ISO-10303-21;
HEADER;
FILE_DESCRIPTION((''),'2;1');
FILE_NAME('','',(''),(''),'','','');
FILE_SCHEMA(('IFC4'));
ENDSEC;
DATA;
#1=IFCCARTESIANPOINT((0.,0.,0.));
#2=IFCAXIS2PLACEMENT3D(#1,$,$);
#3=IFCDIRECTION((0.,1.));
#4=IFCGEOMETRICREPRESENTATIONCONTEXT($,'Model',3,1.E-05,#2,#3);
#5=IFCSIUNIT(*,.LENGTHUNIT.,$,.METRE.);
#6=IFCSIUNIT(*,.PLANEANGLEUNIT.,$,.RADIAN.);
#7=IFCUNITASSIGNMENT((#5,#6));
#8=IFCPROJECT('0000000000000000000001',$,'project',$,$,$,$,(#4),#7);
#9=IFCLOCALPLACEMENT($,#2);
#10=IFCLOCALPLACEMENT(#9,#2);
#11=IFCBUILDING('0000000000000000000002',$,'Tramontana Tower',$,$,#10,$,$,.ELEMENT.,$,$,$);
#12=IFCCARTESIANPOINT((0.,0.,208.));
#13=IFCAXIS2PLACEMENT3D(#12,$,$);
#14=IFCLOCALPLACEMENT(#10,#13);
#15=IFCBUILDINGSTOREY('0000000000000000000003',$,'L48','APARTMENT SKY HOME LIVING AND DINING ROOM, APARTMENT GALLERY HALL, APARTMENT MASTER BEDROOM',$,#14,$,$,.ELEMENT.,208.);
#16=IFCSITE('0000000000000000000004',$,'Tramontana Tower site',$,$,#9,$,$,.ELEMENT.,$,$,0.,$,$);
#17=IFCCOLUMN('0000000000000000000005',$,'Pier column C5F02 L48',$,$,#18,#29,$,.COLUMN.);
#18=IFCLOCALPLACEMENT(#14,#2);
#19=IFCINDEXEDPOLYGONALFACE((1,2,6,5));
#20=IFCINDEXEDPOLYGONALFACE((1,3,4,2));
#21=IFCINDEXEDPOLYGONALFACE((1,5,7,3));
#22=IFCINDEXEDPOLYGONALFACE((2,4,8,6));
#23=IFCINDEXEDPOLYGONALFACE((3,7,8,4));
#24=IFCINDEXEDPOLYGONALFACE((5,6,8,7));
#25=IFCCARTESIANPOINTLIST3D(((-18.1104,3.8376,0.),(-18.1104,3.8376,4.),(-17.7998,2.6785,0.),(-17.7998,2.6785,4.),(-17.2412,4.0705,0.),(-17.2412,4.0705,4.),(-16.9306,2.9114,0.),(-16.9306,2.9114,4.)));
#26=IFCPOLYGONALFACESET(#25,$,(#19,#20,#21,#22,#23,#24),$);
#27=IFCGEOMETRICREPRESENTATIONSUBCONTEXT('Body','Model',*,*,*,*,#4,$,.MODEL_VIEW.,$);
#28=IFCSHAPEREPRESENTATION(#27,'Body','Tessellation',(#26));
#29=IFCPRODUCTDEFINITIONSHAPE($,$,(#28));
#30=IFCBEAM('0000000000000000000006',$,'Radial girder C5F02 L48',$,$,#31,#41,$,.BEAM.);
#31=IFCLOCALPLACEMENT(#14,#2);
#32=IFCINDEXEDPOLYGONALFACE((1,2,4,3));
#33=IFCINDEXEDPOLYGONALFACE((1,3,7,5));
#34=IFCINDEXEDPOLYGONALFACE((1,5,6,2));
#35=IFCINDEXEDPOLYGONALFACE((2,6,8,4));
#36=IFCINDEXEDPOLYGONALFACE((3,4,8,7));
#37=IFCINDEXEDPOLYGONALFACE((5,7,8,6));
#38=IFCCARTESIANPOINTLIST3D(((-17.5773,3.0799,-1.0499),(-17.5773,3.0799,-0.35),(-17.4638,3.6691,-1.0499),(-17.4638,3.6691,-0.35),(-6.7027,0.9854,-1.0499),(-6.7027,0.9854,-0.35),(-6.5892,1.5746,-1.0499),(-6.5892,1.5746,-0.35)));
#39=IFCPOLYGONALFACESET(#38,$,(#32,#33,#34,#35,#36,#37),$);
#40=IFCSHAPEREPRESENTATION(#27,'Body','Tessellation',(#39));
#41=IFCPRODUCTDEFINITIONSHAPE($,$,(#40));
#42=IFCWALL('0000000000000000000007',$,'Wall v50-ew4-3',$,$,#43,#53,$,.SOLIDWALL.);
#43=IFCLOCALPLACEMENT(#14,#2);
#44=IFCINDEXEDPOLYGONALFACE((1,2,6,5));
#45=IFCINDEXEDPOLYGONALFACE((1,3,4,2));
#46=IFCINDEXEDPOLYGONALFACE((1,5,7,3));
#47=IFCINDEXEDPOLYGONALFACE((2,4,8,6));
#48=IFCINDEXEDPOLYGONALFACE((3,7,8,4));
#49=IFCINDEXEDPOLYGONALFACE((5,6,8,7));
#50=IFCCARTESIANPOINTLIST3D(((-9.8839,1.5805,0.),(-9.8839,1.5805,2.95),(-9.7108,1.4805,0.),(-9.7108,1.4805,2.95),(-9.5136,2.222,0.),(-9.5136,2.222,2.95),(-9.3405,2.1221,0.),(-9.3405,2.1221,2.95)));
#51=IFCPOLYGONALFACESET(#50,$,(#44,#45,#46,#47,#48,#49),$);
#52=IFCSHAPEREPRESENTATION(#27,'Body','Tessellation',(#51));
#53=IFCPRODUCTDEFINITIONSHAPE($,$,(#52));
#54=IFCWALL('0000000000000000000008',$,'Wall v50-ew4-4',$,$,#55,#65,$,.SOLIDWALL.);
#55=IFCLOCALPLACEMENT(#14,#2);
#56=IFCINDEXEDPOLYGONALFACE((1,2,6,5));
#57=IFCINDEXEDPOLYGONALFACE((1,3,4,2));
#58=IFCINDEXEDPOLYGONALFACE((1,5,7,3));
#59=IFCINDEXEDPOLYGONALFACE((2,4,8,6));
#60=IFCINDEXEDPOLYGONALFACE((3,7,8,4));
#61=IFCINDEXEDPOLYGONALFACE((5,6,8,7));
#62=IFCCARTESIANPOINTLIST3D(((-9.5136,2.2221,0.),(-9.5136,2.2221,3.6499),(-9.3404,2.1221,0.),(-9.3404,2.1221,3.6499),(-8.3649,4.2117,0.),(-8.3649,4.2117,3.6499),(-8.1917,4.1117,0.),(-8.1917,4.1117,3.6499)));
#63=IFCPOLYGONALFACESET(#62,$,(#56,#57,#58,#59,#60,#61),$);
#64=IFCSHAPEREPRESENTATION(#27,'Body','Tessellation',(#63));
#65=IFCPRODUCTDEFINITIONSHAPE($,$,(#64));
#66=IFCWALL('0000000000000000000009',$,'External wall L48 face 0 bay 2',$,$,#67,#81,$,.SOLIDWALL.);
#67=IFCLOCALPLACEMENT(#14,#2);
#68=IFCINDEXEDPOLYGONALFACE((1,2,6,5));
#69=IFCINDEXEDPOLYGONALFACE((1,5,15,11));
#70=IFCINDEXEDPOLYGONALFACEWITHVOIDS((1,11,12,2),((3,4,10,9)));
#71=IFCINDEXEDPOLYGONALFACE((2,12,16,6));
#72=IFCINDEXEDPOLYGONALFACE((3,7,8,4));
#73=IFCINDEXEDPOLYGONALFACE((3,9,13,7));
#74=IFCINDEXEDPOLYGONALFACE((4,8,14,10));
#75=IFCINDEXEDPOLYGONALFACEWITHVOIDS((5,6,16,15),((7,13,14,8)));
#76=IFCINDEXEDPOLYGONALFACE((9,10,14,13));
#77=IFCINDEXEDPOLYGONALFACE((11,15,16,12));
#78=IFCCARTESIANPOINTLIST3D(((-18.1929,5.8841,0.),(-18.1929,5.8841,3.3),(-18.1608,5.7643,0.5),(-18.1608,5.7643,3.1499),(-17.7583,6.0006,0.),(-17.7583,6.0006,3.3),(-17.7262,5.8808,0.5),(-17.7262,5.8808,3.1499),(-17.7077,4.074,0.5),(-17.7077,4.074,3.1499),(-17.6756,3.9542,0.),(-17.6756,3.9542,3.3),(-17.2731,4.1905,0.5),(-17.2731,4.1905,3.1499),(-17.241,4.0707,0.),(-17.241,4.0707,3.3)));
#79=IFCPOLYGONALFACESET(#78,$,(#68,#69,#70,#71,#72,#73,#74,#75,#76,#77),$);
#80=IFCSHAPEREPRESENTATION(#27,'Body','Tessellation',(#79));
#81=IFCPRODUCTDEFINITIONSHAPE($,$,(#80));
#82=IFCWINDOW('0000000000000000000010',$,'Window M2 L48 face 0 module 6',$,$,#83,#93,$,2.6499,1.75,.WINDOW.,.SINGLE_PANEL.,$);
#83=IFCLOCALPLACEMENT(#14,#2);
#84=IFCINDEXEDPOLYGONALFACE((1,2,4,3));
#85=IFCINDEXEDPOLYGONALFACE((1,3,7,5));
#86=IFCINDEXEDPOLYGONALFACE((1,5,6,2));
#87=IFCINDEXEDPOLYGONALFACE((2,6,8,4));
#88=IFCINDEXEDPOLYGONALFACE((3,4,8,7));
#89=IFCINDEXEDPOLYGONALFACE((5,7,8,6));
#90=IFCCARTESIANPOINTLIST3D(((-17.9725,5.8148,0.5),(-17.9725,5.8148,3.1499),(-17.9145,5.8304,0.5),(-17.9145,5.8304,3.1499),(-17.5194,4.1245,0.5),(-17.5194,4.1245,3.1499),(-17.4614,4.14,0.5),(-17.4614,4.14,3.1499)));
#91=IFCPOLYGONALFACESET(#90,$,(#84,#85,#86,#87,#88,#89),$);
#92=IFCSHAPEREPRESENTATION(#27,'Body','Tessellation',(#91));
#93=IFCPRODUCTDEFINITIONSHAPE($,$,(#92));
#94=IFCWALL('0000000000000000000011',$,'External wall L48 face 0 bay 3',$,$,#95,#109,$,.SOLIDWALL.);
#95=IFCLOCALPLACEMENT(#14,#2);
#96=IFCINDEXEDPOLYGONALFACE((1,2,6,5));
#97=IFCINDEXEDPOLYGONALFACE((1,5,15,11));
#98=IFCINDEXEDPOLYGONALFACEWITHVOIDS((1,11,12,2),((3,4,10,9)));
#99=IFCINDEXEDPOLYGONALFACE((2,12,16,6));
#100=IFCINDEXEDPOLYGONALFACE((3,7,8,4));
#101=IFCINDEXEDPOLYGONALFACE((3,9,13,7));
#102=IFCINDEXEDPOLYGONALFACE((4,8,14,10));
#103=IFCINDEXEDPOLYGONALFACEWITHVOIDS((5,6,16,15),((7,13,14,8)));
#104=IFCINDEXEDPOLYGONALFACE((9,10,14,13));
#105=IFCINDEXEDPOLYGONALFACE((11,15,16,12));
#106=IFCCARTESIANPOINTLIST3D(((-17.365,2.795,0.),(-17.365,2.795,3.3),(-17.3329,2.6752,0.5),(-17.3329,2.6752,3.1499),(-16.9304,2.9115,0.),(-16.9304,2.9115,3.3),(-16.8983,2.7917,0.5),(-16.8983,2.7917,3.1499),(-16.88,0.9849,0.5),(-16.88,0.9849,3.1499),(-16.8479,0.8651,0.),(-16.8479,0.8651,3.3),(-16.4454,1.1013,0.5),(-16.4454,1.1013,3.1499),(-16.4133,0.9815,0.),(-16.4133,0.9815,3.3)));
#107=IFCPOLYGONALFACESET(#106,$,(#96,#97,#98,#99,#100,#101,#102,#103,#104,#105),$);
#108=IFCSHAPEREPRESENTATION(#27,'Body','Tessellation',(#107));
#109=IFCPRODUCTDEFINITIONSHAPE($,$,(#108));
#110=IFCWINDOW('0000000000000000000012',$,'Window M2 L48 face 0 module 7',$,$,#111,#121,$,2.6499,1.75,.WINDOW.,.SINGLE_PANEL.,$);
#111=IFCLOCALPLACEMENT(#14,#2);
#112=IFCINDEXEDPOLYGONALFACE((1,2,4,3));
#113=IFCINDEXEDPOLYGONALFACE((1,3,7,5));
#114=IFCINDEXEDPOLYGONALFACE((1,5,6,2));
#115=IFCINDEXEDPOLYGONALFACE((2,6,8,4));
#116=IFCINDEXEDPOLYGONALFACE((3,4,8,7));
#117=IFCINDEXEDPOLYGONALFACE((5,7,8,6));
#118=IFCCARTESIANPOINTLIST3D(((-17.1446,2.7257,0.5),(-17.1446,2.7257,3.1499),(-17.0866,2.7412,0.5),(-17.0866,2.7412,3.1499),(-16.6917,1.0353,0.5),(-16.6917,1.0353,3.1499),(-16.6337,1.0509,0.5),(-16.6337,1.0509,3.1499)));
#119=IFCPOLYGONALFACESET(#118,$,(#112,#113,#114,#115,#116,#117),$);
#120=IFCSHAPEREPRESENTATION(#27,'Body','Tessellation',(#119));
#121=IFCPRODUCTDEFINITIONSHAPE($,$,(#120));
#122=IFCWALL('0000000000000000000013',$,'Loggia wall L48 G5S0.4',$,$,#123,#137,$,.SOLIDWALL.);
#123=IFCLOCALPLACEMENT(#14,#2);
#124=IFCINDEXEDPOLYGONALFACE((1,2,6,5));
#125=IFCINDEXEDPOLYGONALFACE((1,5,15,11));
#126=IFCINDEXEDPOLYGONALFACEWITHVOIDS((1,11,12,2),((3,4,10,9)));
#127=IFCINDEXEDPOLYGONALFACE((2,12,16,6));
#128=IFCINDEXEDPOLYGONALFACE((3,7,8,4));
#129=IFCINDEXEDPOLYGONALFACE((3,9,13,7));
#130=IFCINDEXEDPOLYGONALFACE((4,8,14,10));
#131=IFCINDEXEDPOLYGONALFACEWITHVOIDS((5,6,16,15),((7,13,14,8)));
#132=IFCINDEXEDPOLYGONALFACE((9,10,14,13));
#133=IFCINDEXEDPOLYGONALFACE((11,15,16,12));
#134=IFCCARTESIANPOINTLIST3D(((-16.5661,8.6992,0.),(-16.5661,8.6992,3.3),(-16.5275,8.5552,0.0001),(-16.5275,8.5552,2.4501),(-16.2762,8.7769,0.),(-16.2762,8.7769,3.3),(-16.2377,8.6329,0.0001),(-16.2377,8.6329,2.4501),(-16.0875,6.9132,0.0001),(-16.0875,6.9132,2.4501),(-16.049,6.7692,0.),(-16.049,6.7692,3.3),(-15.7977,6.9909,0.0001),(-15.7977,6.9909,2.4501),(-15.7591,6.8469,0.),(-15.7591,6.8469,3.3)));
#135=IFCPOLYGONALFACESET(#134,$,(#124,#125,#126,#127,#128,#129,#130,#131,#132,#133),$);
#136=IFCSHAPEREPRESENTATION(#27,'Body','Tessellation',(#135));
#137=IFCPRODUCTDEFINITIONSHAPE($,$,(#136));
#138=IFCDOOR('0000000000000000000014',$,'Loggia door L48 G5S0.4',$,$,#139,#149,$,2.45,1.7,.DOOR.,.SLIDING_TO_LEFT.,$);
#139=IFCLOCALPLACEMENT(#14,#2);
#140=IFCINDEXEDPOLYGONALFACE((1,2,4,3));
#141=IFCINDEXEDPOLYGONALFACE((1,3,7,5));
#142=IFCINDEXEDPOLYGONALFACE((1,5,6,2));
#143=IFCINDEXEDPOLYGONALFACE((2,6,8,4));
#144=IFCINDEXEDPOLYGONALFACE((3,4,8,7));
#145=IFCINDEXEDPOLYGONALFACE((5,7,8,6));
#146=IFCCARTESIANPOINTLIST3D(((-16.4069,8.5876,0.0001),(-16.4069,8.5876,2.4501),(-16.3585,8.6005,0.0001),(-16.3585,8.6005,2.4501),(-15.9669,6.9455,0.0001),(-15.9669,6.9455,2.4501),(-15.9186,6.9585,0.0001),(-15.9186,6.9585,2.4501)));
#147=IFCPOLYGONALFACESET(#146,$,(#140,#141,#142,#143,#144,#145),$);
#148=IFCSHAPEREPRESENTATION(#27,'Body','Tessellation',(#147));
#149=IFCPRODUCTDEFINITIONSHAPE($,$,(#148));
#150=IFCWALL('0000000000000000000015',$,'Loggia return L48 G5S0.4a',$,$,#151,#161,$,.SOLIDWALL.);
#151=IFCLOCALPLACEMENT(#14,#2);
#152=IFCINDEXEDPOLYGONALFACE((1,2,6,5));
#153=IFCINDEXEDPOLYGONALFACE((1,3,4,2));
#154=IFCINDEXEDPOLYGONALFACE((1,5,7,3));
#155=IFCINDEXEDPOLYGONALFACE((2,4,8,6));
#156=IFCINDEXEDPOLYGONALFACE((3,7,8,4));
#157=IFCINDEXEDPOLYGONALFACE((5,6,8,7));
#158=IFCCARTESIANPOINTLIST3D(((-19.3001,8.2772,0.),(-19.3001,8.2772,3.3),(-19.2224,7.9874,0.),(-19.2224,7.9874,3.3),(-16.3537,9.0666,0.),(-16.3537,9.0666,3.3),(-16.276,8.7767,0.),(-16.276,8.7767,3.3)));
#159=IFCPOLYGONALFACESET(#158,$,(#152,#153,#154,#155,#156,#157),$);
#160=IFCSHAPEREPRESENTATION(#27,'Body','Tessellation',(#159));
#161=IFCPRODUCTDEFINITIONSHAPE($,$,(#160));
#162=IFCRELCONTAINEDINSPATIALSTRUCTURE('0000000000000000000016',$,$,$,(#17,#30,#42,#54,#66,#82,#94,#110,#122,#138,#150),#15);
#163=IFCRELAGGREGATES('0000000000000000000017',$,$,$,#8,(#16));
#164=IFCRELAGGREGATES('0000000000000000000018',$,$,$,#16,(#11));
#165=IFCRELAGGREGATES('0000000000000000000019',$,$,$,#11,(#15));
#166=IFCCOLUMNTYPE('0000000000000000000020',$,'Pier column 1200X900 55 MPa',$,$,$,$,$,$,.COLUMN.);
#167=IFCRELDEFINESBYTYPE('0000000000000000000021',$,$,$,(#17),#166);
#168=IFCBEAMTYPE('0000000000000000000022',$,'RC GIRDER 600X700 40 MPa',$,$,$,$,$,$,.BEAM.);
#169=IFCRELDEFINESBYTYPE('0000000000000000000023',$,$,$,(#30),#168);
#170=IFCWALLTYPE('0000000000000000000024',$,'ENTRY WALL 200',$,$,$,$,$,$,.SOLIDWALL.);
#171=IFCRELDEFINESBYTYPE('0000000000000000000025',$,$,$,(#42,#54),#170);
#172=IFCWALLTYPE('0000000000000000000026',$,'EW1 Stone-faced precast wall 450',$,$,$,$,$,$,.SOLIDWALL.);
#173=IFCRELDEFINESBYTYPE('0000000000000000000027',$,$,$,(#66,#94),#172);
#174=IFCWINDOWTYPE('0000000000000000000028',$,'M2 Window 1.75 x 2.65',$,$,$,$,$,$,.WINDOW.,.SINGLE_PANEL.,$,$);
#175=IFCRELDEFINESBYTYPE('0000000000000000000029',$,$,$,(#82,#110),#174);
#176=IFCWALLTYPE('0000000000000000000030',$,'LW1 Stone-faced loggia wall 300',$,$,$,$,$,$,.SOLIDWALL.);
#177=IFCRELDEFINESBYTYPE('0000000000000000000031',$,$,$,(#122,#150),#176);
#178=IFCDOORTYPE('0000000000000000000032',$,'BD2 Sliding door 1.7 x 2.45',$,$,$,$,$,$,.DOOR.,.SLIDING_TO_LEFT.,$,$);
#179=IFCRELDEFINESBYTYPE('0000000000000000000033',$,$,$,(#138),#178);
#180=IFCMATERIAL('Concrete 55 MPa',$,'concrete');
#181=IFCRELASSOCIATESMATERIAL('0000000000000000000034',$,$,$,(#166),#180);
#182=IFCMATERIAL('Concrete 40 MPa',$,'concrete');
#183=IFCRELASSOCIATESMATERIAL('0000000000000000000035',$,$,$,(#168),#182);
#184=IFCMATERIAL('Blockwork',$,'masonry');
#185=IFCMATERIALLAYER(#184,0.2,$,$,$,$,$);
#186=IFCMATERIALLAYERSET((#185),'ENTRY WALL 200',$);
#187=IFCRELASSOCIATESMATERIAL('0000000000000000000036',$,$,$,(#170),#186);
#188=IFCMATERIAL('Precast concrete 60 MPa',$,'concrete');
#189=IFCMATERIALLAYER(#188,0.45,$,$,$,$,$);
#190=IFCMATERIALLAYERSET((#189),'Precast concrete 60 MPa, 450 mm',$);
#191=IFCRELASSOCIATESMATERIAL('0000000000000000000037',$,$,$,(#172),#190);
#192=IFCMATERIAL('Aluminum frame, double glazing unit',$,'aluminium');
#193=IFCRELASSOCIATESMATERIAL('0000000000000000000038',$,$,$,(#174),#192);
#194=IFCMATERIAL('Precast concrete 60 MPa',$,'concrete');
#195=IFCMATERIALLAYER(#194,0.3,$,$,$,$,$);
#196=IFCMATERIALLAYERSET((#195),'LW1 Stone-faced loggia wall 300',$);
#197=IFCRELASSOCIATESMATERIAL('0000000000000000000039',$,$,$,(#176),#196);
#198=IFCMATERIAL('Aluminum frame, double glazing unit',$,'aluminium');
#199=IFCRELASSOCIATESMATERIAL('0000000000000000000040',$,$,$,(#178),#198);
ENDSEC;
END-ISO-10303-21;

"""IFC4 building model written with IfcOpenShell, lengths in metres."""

from ifc_helpers import new_model, si_unit, direction, frame, frame_2d, origin, origin_2d, place, context, subcontext, project, spatial, rectangle, extrude, material, layer, layer_set, material_profile, profile_set, type_object, element, fill, save


model = new_model("IFC4")

# Units and contexts
model_context = context("Model", 3, precision=1e-05, world=origin(), true_north=direction((0.0, 1.0)))
body_context = subcontext(model_context, "Body", "Model", "MODEL_VIEW")
ifc_project = project(units=[si_unit("LENGTHUNIT", "METRE"), si_unit("PLANEANGLEUNIT", "RADIAN")], contexts=[model_context])

# Site, building, storey
site_placement = place(None, origin())
site = spatial("IfcSite", under=ifc_project, at=site_placement, Name="Tramontana Tower site", CompositionType="ELEMENT", RefElevation=0.0)
building_placement = place(site_placement, origin())
building = spatial("IfcBuilding", under=site, at=building_placement, Name="Tramontana Tower", CompositionType="ELEMENT")
storey_placement = place(building_placement, frame((0.0, 0.0, 208.0)))
storey = spatial("IfcBuildingStorey", under=building, at=storey_placement, Name="L48", Description="APARTMENT SKY HOME LIVING AND DINING ROOM, APARTMENT GALLERY HALL, APARTMENT MASTER BEDROOM", CompositionType="ELEMENT", Elevation=208.0)

# Column
ifc_material_1 = material(Name="Concrete 55 MPa", Category="concrete")
ifc_material_profile_1 = material_profile(ifc_material_1, rectangle(XDim=1.2, YDim=0.8999, at=origin_2d()), Name="Pier column 1200X900 55 MPa")
ifc_profile_set_1 = profile_set([ifc_material_profile_1], Name="Concrete 55 MPa")
column_type = type_object("IfcColumnType", Name="Pier column 1200X900 55 MPa", PredefinedType="COLUMN", material=ifc_profile_set_1)
column_placement = place(storey_placement, frame((-17.5205, 3.3745, 0.0), z_axis=(0.0, 0.0, 1.0), x_axis=(0.258819, -0.965926, 0.0)))
element("IfcColumn", 1, at=column_placement, inside=storey, type_object=column_type, Name="Pier column C5F02 L48", PredefinedType="COLUMN", context=body_context, shape_type="SweptSolid", body=[
    extrude(rectangle(XDim=1.2, YDim=0.8999, at=origin_2d()), origin(), (0.0, 0.0, 1.0), 4.0),
])

# Beam
ifc_material_2 = material(Name="Concrete 40 MPa", Category="concrete")
ifc_material_profile_2 = material_profile(ifc_material_2, rectangle(XDim=0.6001, YDim=0.7, at=origin_2d()), Name="RC GIRDER 600X700 40 MPa")
ifc_profile_set_2 = profile_set([ifc_material_profile_2], Name="Concrete 40 MPa")
beam_type = type_object("IfcBeamType", Name="RC GIRDER 600X700 40 MPa", PredefinedType="BEAM", material=ifc_profile_set_2)
beam_placement = place(storey_placement, frame((-17.5205, 3.3745, -0.7), z_axis=(0.981952, -0.189129, 0.0), x_axis=(0.189129, 0.981952, 0.0)))
element("IfcBeam", 2, at=beam_placement, inside=storey, type_object=beam_type, Name="Radial girder C5F02 L48", PredefinedType="BEAM", context=body_context, shape_type="SweptSolid", body=[
    extrude(rectangle(XDim=0.6001, YDim=0.7, at=origin_2d()), origin(), (0.0, 0.0, 1.0), 11.0745),
])

# Walls
ifc_material_3 = material(Name="Blockwork", Category="masonry")
ifc_layer_1 = layer(ifc_material_3, 0.2)
ifc_layer_set_1 = layer_set([ifc_layer_1], Name="ENTRY WALL 200")
wall_type_1 = type_object("IfcWallType", Name="ENTRY WALL 200", PredefinedType="SOLIDWALL", material=ifc_layer_set_1)
wall_1_placement = place(storey_placement, frame((-9.7974, 1.5305, 0.0), z_axis=(0.0, 0.0, 1.0), x_axis=(0.499932, 0.866065, 0.0)))
element("IfcWall", 3, at=wall_1_placement, inside=storey, type_object=wall_type_1, Name="Wall v50-ew4-3", PredefinedType="SOLIDWALL", context=body_context, shape_type="SweptSolid", body=[
    extrude(rectangle(XDim=0.7407, YDim=0.2, at=frame_2d((0.3704, 0.0))), origin(), (0.0, 0.0, 1.0), 2.95),
])
wall_2_placement = place(storey_placement, frame((-9.427, 2.1721, 0.0), z_axis=(0.0, 0.0, 1.0), x_axis=(0.500014, 0.866017, 0.0)))
element("IfcWall", 4, at=wall_2_placement, inside=storey, type_object=wall_type_1, Name="Wall v50-ew4-4", PredefinedType="SOLIDWALL", context=body_context, shape_type="SweptSolid", body=[
    extrude(rectangle(XDim=2.2974, YDim=0.2, at=frame_2d((1.1487, 0.0))), origin(), (0.0, 0.0, 1.0), 3.6499),
])

# Walls, openings, windows
ifc_material_4 = material(Name="Precast concrete 60 MPa", Category="concrete")
ifc_layer_2 = layer(ifc_material_4, 0.45)
ifc_layer_set_2 = layer_set([ifc_layer_2], Name="Precast concrete 60 MPa, 450 mm")
wall_type_2 = type_object("IfcWallType", Name="EW1 Stone-faced precast wall 450", PredefinedType="SOLIDWALL", material=ifc_layer_set_2)
wall_3_placement = place(storey_placement, frame((-17.9756, 5.9424, 0.0), z_axis=(0.0, 0.0, 1.0), x_axis=(0.258917, -0.9659, 0.0)))
wall_3 = element("IfcWall", 5, at=wall_3_placement, inside=storey, type_object=wall_type_2, Name="External wall L48 face 0 bay 2", PredefinedType="SOLIDWALL", context=body_context, shape_type="SweptSolid", body=[
    extrude(rectangle(XDim=1.998, YDim=0.45, at=frame_2d((0.999, 0.0))), origin(), (0.0, 0.0, 1.0), 3.3),
])
opening_1_placement = place(wall_3_placement, frame((0.124, 0.0, 0.5)))
opening_1 = element("IfcOpeningElement", 6, at=opening_1_placement, cuts=wall_3, PredefinedType="OPENING", context=body_context, shape_type="SweptSolid", body=[
    extrude(rectangle(XDim=1.75, YDim=2.6499, at=frame_2d((0.875, 1.325))), frame((0.0, 0.2349, 0.0), z_axis=(0.0, -1.0, 0.0), x_axis=(1.0, 0.0, 0.0)), (0.0, 0.0, 1.0), 0.47),
])
ifc_material_5 = material(Name="Aluminum frame, double glazing unit", Category="aluminium")
window_type = type_object("IfcWindowType", Name="M2 Window 1.75 x 2.65", PartitioningType="SINGLE_PANEL", PredefinedType="WINDOW", material=ifc_material_5)
window_1_placement = place(opening_1_placement, origin())
window_1 = element("IfcWindow", 7, at=window_1_placement, inside=storey, type_object=window_type, Name="Window M2 L48 face 0 module 6", OverallHeight=2.6499, OverallWidth=1.75, PartitioningType="SINGLE_PANEL", PredefinedType="WINDOW", context=body_context, shape_type="SweptSolid", body=[
    extrude(rectangle(XDim=1.75, YDim=2.6499, at=frame_2d((0.875, 1.325))), frame((0.0, 0.03, 0.0), z_axis=(0.0, -1.0, 0.0), x_axis=(1.0, 0.0, 0.0)), (0.0, 0.0, 1.0), 0.0601),
])
fill(opening_1, window_1)
wall_4_placement = place(storey_placement, frame((-17.1477, 2.8533, 0.0), z_axis=(0.0, 0.0, 1.0), x_axis=(0.258803, -0.96593, 0.0)))
wall_4 = element("IfcWall", 8, at=wall_4_placement, inside=storey, type_object=wall_type_2, Name="External wall L48 face 0 bay 3", PredefinedType="SOLIDWALL", context=body_context, shape_type="SweptSolid", body=[
    extrude(rectangle(XDim=1.998, YDim=0.45, at=frame_2d((0.999, 0.0))), origin(), (0.0, 0.0, 1.0), 3.3),
])
opening_2_placement = place(wall_4_placement, frame((0.124, 0.0, 0.5)))
opening_2 = element("IfcOpeningElement", 9, at=opening_2_placement, cuts=wall_4, PredefinedType="OPENING", context=body_context, shape_type="SweptSolid", body=[
    extrude(rectangle(XDim=1.75, YDim=2.6499, at=frame_2d((0.875, 1.325))), frame((0.0, 0.2349, 0.0), z_axis=(0.0, -1.0, 0.0), x_axis=(1.0, 0.0, 0.0)), (0.0, 0.0, 1.0), 0.47),
])
window_2_placement = place(opening_2_placement, origin())
window_2 = element("IfcWindow", 10, at=window_2_placement, inside=storey, type_object=window_type, Name="Window M2 L48 face 0 module 7", OverallHeight=2.6499, OverallWidth=1.75, PartitioningType="SINGLE_PANEL", PredefinedType="WINDOW", context=body_context, shape_type="SweptSolid", body=[
    extrude(rectangle(XDim=1.75, YDim=2.6499, at=frame_2d((0.875, 1.325))), frame((0.0, 0.03, 0.0), z_axis=(0.0, -1.0, 0.0), x_axis=(1.0, 0.0, 0.0)), (0.0, 0.0, 1.0), 0.0601),
])
fill(opening_2, window_2)

# Wall, opening, door
ifc_material_6 = material(Name="Precast concrete 60 MPa", Category="concrete")
ifc_layer_3 = layer(ifc_material_6, 0.3)
ifc_layer_set_3 = layer_set([ifc_layer_3], Name="LW1 Stone-faced loggia wall 300")
wall_type_3 = type_object("IfcWallType", Name="LW1 Stone-faced loggia wall 300", PredefinedType="SOLIDWALL", material=ifc_layer_set_3)
wall_5_placement = place(storey_placement, frame((-16.4211, 8.738, 0.0), z_axis=(0.0, 0.0, 1.0), x_axis=(0.258803, -0.96593, 0.0)))
wall_5 = element("IfcWall", 11, at=wall_5_placement, inside=storey, type_object=wall_type_3, Name="Loggia wall L48 G5S0.4", PredefinedType="SOLIDWALL", context=body_context, shape_type="SweptSolid", body=[
    extrude(rectangle(XDim=1.998, YDim=0.3, at=frame_2d((0.999, 0.0))), origin(), (0.0, 0.0, 1.0), 3.3),
])
opening_3_placement = place(wall_5_placement, frame((0.1489, 0.0, 0.0)))
opening_3 = element("IfcOpeningElement", 12, at=opening_3_placement, cuts=wall_5, PredefinedType="OPENING", context=body_context, shape_type="SweptSolid", body=[
    extrude(rectangle(XDim=1.7, YDim=2.45, at=frame_2d((0.8501, 1.2251))), frame((0.0, 0.1599, 0.0), z_axis=(0.0, -1.0, 0.0), x_axis=(1.0, 0.0, 0.0)), (0.0, 0.0, 1.0), 0.3201),
])
ifc_material_7 = material(Name="Aluminum frame, double glazing unit", Category="aluminium")
door_type_1 = type_object("IfcDoorType", Name="BD2 Sliding door 1.7 x 2.45", OperationType="SLIDING_TO_LEFT", PredefinedType="DOOR", material=ifc_material_7)
door_1_placement = place(opening_3_placement, origin())
door_1 = element("IfcDoor", 13, at=door_1_placement, inside=storey, type_object=door_type_1, Name="Loggia door L48 G5S0.4", OperationType="SLIDING_TO_LEFT", OverallHeight=2.45, OverallWidth=1.7, PredefinedType="DOOR", context=body_context, shape_type="SweptSolid", body=[
    extrude(rectangle(XDim=1.7, YDim=2.45, at=frame_2d((0.8501, 1.2251))), frame((0.0, 0.0249, 0.0), z_axis=(0.0, -1.0, 0.0), x_axis=(1.0, 0.0, 0.0)), (0.0, 0.0, 1.0), 0.05),
])
fill(opening_3, door_1)

# Wall
wall_6_placement = place(storey_placement, frame((-19.2612, 8.1323, 0.0), z_axis=(0.0, 0.0, 1.0), x_axis=(0.965938, 0.258773, 0.0)))
element("IfcWall", 14, at=wall_6_placement, inside=storey, type_object=wall_type_3, Name="Loggia return L48 G5S0.4a", PredefinedType="SOLIDWALL", context=body_context, shape_type="SweptSolid", body=[
    extrude(rectangle(XDim=3.0503, YDim=0.3, at=frame_2d((1.5251, 0.0))), origin(), (0.0, 0.0, 1.0), 3.3),
])

save(model, "model.ifc")
